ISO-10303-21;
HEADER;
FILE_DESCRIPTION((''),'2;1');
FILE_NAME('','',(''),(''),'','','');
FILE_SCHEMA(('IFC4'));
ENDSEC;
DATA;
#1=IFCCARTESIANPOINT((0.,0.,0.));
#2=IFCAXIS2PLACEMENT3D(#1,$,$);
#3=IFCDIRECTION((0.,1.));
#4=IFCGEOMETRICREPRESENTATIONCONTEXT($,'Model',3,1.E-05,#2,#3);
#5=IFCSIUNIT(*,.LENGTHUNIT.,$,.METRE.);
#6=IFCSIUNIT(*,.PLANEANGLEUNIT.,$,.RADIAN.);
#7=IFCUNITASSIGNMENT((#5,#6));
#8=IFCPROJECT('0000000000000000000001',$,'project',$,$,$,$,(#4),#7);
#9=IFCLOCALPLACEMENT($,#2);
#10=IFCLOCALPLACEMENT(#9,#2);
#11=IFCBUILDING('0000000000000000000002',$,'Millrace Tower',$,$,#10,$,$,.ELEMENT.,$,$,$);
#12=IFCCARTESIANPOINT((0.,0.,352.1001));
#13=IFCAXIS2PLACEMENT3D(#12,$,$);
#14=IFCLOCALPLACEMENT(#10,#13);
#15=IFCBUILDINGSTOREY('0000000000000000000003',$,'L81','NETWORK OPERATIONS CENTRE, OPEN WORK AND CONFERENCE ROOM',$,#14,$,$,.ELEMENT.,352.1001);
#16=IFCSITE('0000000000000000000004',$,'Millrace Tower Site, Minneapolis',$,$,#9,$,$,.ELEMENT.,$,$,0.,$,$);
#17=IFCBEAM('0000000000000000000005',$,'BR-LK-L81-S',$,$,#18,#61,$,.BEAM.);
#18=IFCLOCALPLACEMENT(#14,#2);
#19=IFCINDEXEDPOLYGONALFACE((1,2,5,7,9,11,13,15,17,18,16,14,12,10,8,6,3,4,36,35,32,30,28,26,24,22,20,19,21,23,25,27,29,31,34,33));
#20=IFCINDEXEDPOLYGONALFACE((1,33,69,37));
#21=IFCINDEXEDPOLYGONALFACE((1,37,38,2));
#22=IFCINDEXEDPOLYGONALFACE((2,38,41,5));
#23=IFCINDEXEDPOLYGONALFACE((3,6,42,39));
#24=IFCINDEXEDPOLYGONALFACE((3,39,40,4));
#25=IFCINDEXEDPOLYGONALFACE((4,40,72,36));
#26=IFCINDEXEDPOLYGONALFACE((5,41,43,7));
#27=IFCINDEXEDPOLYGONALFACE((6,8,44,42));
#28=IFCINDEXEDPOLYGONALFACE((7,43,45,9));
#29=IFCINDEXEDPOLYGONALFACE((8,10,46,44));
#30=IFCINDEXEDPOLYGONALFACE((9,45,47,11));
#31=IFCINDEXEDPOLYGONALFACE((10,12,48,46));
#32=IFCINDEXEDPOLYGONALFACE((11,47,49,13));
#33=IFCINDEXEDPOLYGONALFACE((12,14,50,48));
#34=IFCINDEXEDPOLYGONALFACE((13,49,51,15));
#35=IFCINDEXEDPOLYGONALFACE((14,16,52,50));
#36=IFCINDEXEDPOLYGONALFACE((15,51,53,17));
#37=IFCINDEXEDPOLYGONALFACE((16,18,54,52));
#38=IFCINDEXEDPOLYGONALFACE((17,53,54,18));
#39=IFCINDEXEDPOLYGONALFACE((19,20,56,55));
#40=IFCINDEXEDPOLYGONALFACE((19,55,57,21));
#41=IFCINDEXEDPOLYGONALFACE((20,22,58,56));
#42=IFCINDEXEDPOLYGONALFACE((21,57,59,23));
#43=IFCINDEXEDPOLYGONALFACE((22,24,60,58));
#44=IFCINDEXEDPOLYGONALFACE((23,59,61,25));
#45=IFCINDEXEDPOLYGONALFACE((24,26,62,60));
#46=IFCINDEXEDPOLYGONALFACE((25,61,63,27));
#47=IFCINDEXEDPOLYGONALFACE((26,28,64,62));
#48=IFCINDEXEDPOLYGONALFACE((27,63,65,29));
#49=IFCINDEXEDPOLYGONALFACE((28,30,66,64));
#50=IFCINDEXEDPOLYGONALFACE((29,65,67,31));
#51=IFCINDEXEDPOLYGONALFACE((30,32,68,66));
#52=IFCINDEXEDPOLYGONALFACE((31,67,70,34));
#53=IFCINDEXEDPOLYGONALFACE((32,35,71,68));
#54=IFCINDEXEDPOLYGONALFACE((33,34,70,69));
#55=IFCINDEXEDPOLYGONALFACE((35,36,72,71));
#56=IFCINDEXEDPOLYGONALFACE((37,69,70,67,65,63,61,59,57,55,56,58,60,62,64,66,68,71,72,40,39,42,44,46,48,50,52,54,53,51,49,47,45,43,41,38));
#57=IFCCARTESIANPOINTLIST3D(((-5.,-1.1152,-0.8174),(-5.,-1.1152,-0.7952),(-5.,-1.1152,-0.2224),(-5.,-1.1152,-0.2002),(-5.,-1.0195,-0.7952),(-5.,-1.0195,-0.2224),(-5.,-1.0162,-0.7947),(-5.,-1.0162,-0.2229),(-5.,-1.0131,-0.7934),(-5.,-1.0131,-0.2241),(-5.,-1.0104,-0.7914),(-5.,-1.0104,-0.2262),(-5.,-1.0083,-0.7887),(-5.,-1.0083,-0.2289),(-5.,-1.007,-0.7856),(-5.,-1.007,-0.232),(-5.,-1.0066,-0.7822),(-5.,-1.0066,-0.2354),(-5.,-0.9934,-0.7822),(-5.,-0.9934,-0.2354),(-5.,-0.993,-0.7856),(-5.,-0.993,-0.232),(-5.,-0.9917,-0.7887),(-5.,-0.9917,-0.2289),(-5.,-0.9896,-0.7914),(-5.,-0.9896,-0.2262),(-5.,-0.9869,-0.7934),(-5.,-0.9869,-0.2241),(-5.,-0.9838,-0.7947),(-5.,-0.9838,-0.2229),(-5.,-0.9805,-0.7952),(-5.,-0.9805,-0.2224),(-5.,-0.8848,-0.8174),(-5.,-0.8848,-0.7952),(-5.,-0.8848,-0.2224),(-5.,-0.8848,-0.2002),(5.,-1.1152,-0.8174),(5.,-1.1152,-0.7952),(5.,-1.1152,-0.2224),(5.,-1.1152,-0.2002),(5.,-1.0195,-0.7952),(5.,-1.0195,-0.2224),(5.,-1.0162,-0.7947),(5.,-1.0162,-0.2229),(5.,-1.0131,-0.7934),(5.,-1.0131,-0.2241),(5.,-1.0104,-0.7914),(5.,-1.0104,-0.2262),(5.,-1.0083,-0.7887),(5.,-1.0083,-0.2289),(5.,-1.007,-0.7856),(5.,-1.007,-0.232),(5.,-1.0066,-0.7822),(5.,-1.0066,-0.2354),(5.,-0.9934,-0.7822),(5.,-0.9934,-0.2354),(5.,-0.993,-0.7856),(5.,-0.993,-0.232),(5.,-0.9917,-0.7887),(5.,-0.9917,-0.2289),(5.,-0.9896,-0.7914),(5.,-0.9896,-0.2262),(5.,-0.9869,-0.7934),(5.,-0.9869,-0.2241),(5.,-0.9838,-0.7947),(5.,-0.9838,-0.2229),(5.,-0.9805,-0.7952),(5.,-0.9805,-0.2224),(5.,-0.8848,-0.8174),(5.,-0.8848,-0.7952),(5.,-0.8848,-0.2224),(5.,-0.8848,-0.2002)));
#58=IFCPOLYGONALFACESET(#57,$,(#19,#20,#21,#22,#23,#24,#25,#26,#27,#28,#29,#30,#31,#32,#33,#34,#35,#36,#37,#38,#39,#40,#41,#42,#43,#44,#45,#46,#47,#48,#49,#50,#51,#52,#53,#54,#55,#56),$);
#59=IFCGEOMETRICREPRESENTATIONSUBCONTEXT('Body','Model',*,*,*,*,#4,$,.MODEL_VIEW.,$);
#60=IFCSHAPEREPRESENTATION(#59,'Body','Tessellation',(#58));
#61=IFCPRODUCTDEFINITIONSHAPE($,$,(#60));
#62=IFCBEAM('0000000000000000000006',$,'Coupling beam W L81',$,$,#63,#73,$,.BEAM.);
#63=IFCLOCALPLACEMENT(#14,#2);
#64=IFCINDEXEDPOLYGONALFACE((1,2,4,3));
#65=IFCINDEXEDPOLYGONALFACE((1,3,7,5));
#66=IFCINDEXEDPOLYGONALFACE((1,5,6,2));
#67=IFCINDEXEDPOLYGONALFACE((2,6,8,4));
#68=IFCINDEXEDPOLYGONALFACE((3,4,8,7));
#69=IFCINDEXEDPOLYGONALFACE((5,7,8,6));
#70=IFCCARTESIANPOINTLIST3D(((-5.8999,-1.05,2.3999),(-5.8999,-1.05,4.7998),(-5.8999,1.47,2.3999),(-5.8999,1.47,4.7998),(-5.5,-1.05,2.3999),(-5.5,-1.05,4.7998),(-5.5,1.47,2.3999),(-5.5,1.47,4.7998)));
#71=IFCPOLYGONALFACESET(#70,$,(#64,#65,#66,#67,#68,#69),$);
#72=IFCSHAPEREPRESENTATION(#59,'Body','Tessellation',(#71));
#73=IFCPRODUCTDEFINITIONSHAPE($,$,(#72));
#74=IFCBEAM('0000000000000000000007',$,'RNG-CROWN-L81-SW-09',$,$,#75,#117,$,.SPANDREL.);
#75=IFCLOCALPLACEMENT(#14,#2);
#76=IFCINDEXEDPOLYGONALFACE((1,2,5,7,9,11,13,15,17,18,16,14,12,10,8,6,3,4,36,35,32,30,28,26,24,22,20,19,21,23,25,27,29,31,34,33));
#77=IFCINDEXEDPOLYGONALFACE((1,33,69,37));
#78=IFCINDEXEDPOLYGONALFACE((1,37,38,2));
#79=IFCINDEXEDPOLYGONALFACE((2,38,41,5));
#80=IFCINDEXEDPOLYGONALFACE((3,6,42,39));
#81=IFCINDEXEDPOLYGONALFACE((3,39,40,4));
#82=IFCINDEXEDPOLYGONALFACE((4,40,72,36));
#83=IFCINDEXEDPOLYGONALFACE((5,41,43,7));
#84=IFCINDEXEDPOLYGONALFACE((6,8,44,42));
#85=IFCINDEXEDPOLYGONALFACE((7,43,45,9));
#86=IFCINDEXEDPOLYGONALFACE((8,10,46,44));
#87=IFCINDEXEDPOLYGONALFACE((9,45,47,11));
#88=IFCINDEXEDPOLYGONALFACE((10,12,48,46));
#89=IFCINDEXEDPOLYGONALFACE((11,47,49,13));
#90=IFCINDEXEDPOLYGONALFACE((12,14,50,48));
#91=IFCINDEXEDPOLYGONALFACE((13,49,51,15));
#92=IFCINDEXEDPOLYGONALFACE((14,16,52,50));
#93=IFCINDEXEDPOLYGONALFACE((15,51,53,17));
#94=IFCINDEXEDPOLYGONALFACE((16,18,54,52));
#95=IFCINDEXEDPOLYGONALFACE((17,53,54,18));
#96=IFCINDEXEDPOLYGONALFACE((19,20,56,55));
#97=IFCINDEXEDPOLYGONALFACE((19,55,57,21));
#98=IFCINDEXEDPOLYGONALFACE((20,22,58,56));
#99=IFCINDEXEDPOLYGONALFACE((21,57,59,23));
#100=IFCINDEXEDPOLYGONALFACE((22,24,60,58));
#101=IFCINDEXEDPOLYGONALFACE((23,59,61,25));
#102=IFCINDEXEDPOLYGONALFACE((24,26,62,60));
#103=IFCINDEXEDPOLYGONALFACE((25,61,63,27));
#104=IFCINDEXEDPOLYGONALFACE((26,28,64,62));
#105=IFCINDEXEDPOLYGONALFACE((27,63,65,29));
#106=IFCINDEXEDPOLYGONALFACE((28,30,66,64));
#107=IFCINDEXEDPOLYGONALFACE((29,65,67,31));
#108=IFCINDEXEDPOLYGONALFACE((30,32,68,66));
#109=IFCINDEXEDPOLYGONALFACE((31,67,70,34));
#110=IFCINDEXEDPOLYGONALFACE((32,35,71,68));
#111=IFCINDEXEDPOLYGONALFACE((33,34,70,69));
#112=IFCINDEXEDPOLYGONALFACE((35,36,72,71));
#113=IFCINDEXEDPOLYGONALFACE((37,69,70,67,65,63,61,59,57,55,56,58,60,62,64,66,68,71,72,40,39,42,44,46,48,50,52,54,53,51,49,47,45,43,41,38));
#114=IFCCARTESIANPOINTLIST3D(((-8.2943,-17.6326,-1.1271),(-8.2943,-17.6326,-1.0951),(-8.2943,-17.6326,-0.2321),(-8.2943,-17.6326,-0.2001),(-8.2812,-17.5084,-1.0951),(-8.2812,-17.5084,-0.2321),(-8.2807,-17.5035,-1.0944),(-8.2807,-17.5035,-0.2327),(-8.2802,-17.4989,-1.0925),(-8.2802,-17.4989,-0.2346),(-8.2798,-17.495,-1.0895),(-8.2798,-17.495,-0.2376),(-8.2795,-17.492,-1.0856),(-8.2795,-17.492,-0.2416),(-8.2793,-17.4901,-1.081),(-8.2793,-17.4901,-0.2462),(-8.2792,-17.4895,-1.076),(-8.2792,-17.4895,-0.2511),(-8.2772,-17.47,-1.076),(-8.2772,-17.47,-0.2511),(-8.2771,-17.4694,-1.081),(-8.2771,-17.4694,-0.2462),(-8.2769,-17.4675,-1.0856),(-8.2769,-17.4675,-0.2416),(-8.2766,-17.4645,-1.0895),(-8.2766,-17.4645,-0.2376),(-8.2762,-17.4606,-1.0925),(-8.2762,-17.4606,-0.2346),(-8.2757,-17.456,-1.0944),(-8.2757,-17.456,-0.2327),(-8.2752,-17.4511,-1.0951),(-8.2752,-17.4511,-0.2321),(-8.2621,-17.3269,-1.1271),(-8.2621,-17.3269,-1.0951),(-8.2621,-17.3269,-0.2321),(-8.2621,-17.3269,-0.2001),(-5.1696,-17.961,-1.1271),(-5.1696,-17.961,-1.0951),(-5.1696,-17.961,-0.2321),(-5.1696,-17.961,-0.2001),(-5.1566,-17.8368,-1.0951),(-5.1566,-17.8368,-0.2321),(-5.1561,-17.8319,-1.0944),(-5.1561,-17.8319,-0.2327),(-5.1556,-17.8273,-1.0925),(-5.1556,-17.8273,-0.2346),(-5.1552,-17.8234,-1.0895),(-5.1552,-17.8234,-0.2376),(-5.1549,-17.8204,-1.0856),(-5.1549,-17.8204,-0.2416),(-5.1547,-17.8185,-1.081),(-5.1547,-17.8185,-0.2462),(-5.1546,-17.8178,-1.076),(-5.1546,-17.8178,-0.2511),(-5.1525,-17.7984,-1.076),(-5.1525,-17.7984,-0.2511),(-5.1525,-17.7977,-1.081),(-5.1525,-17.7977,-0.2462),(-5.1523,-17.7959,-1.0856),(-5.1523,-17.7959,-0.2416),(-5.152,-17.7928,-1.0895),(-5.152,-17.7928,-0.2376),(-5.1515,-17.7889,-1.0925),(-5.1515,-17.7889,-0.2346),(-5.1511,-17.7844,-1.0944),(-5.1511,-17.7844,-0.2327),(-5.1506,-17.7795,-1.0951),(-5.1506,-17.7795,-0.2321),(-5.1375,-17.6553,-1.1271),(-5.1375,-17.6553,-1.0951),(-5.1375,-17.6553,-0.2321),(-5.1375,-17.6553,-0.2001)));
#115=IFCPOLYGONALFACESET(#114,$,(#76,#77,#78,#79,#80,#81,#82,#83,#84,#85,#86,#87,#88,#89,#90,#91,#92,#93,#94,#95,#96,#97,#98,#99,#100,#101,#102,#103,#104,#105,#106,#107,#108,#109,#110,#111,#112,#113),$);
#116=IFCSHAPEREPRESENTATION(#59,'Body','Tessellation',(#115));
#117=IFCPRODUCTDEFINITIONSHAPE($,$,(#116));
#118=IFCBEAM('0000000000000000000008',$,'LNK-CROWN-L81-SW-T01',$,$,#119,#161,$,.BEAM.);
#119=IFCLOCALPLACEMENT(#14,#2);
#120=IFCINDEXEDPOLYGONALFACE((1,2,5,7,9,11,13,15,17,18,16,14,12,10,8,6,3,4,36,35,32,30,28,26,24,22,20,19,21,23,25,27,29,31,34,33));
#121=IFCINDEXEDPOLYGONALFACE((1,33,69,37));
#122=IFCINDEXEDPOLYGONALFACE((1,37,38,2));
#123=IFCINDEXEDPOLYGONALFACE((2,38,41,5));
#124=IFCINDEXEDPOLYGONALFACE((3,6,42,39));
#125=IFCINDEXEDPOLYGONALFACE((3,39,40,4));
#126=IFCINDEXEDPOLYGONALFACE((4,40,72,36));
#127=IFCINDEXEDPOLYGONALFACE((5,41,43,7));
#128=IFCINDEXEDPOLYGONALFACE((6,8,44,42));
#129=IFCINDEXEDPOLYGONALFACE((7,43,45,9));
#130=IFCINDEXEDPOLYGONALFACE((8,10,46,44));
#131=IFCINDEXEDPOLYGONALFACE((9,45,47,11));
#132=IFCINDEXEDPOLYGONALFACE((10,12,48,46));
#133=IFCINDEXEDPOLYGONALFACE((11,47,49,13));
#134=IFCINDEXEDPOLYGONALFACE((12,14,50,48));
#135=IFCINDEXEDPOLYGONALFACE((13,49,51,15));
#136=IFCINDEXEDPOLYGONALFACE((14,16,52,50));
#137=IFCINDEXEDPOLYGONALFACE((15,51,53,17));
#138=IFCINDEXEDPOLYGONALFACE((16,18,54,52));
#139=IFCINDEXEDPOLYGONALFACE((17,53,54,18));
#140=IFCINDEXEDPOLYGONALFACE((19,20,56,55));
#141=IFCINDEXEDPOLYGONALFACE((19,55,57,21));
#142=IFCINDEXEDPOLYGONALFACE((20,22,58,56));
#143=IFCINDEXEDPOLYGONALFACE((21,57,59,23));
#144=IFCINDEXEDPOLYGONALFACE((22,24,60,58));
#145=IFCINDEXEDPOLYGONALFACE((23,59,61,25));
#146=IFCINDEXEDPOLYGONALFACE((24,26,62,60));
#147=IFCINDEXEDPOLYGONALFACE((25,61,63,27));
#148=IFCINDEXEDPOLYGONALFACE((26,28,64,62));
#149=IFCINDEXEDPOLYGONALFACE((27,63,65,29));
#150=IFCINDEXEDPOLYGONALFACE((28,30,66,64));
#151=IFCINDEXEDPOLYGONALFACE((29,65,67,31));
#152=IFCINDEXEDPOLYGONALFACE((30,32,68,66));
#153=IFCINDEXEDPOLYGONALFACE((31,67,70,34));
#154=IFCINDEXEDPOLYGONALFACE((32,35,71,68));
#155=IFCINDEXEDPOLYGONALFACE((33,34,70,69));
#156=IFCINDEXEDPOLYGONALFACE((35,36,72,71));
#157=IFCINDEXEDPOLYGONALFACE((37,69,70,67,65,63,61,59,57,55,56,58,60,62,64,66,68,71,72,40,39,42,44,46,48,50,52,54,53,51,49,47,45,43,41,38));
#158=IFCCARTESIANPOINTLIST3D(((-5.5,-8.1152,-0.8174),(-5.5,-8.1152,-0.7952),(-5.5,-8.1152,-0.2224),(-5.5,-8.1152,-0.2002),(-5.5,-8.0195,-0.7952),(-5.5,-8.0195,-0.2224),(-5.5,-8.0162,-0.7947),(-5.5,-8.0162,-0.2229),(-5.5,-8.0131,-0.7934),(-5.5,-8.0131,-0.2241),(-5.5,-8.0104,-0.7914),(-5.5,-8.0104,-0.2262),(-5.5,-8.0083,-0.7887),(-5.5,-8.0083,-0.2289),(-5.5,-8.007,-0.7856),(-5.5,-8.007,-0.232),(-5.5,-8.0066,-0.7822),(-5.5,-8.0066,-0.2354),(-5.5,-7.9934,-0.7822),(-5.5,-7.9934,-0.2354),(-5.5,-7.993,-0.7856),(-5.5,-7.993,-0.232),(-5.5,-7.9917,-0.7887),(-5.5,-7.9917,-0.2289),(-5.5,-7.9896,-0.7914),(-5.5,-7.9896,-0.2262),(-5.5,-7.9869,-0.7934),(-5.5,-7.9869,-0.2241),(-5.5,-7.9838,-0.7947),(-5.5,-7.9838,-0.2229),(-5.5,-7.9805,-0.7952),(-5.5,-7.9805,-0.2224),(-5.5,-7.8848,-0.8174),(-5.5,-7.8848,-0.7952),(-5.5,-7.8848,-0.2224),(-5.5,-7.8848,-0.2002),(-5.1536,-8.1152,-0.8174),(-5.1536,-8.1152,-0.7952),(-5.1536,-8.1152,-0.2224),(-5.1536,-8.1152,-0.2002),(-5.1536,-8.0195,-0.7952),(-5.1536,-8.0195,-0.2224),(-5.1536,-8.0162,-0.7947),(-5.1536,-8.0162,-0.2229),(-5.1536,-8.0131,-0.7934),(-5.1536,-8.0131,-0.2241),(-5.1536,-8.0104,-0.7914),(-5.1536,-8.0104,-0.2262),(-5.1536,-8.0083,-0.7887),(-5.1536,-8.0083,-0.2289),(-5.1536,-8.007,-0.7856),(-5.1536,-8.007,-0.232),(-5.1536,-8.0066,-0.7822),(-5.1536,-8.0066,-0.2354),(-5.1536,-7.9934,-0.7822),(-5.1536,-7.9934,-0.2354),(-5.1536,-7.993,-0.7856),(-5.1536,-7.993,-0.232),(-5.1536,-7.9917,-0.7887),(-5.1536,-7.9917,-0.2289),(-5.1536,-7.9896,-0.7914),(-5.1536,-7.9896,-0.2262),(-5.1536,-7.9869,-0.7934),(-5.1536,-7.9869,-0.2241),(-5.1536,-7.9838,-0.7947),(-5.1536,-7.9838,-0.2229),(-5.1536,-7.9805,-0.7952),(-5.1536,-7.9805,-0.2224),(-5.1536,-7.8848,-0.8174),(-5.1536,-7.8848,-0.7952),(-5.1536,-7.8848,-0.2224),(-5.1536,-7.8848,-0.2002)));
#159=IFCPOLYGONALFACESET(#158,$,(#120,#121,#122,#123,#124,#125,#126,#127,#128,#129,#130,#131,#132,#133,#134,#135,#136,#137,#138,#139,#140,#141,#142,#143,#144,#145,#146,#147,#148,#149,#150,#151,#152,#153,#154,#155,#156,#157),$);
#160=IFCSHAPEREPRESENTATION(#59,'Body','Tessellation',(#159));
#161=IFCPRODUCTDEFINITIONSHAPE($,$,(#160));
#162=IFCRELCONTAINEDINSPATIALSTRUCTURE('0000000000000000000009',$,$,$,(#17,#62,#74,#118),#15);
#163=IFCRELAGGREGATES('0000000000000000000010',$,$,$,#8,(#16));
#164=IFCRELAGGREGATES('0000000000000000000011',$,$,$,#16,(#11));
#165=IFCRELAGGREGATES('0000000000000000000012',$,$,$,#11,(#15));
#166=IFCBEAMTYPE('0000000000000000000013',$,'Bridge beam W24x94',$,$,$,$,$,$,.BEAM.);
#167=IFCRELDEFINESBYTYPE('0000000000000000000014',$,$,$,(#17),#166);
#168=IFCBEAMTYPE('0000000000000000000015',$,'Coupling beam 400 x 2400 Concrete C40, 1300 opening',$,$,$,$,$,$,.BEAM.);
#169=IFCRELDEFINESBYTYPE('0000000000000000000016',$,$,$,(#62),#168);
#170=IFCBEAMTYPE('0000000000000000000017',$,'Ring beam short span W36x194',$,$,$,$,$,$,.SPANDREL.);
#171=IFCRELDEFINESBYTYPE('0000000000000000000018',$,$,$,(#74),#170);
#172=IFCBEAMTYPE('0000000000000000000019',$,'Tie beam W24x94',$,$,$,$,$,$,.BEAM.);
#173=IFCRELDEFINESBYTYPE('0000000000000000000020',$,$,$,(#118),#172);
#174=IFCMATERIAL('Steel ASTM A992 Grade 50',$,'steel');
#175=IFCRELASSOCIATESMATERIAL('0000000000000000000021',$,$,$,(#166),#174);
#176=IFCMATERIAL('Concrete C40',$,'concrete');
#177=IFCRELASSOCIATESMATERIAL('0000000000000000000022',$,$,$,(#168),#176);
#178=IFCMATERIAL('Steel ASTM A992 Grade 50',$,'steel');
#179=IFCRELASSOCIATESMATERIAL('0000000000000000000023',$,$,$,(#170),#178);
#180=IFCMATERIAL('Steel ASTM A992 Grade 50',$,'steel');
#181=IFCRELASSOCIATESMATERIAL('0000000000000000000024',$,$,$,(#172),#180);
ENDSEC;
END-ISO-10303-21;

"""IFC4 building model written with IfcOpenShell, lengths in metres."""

from ifc_helpers import new_model, si_unit, direction, frame, origin, origin_2d, place, context, subcontext, project, spatial, rectangle, i_section, extrude, material, material_profile, profile_set, type_object, element, save


model = new_model("IFC4")

# Units and contexts
model_context = context("Model", 3, precision=1e-05, world=origin(), true_north=direction((0.0, 1.0)))
body_context = subcontext(model_context, "Body", "Model", "MODEL_VIEW")
ifc_project = project(units=[si_unit("LENGTHUNIT", "METRE"), si_unit("PLANEANGLEUNIT", "RADIAN")], contexts=[model_context])

# Site, building, storey
site_placement = place(None, origin())
site = spatial("IfcSite", under=ifc_project, at=site_placement, Name="Millrace Tower Site, Minneapolis", CompositionType="ELEMENT", RefElevation=0.0)
building_placement = place(site_placement, origin())
building = spatial("IfcBuilding", under=site, at=building_placement, Name="Millrace Tower", CompositionType="ELEMENT")
storey_placement = place(building_placement, frame((0.0, 0.0, 352.1001)))
storey = spatial("IfcBuildingStorey", under=building, at=storey_placement, Name="L81", Description="NETWORK OPERATIONS CENTRE, OPEN WORK AND CONFERENCE ROOM", CompositionType="ELEMENT", Elevation=352.1001)

# Beams
ifc_material_1 = material(Name="Steel ASTM A992 Grade 50", Category="steel")
ifc_material_profile_1 = material_profile(ifc_material_1, i_section(OverallWidth=0.2305, OverallDepth=0.6172, WebThickness=0.0132, FlangeThickness=0.0222, FilletRadius=0.0129, at=origin_2d()))
ifc_profile_set_1 = profile_set([ifc_material_profile_1], Name="Steel ASTM A992 Grade 50")
beam_type_1 = type_object("IfcBeamType", Name="Bridge beam W24x94", PredefinedType="BEAM", material=ifc_profile_set_1)
beam_1_placement = place(storey_placement, frame((-5.0, -1.0, -0.5088), z_axis=(1.0, 0.0, 0.0), x_axis=(0.0, 1.0, 0.0)))
element("IfcBeam", 1, at=beam_1_placement, inside=storey, type_object=beam_type_1, Name="BR-LK-L81-S", PredefinedType="BEAM", context=body_context, shape_type="SweptSolid", body=[
    extrude(i_section(OverallWidth=0.2305, OverallDepth=0.6172, WebThickness=0.0132, FlangeThickness=0.0222, FilletRadius=0.0129, at=origin_2d()), origin(), (0.0, 0.0, 1.0), 10.0),
])
ifc_material_2 = material(Name="Concrete C40", Category="concrete")
ifc_material_profile_2 = material_profile(ifc_material_2, rectangle(XDim=0.3999, YDim=2.3999, at=origin_2d()))
ifc_profile_set_2 = profile_set([ifc_material_profile_2], Name="Concrete C40")
beam_type_2 = type_object("IfcBeamType", Name="Coupling beam 400 x 2400 Concrete C40, 1300 opening", PredefinedType="BEAM", material=ifc_profile_set_2)
beam_2_placement = place(storey_placement, frame((-5.7, -1.05, 3.5999), z_axis=(0.0, 1.0, 0.0), x_axis=(-1.0, 0.0, 0.0)))
element("IfcBeam", 2, at=beam_2_placement, inside=storey, type_object=beam_type_2, Name="Coupling beam W L81", PredefinedType="BEAM", context=body_context, shape_type="SweptSolid", body=[
    extrude(rectangle(XDim=0.3999, YDim=2.3999, at=origin_2d()), origin(), (0.0, 0.0, 1.0), 2.52),
])
ifc_material_3 = material(Name="Steel ASTM A992 Grade 50", Category="steel")
ifc_material_profile_3 = material_profile(ifc_material_3, i_section(OverallWidth=0.3074, OverallDepth=0.927, WebThickness=0.0195, FlangeThickness=0.032, FilletRadius=0.019, at=origin_2d()))
ifc_profile_set_3 = profile_set([ifc_material_profile_3], Name="Steel ASTM A992 Grade 50")
beam_type_3 = type_object("IfcBeamType", Name="Ring beam short span W36x194", PredefinedType="SPANDREL", material=ifc_profile_set_3)
beam_3_placement = place(storey_placement, frame((-5.1536, -17.8081, -0.6636), z_axis=(-0.994524, 0.104511, 0.0), x_axis=(-0.104511, -0.994524, 0.0)))
element("IfcBeam", 3, at=beam_3_placement, inside=storey, type_object=beam_type_3, Name="RNG-CROWN-L81-SW-09", PredefinedType="SPANDREL", context=body_context, shape_type="SweptSolid", body=[
    extrude(i_section(OverallWidth=0.3074, OverallDepth=0.927, WebThickness=0.0195, FlangeThickness=0.032, FilletRadius=0.019, at=origin_2d()), origin(), (0.0, 0.0, 1.0), 3.1418),
])
ifc_material_4 = material(Name="Steel ASTM A992 Grade 50", Category="steel")
ifc_material_profile_4 = material_profile(ifc_material_4, i_section(OverallWidth=0.2305, OverallDepth=0.6172, WebThickness=0.0132, FlangeThickness=0.0222, FilletRadius=0.0129, at=origin_2d()))
ifc_profile_set_4 = profile_set([ifc_material_profile_4], Name="Steel ASTM A992 Grade 50")
beam_type_4 = type_object("IfcBeamType", Name="Tie beam W24x94", PredefinedType="BEAM", material=ifc_profile_set_4)
for number, where, z_axis, x_axis, name in (
    (4, (-5.1536, -8.0, -0.5088), (-1.0, 0.0, 0.0), (0.0, -1.0, 0.0), "LNK-CROWN-L81-SW-T01"),
):
    element("IfcBeam", number, at=place(storey_placement, frame(where, z_axis=z_axis, x_axis=x_axis)), inside=storey, type_object=beam_type_4, Name=name, PredefinedType="BEAM", context=body_context, shape_type="SweptSolid", body=[
        extrude(i_section(OverallWidth=0.2305, OverallDepth=0.6172, WebThickness=0.0132, FlangeThickness=0.0222, FilletRadius=0.0129, at=origin_2d()), origin(), (0.0, 0.0, 1.0), 0.3464),
    ])

save(model, "model.ifc")
